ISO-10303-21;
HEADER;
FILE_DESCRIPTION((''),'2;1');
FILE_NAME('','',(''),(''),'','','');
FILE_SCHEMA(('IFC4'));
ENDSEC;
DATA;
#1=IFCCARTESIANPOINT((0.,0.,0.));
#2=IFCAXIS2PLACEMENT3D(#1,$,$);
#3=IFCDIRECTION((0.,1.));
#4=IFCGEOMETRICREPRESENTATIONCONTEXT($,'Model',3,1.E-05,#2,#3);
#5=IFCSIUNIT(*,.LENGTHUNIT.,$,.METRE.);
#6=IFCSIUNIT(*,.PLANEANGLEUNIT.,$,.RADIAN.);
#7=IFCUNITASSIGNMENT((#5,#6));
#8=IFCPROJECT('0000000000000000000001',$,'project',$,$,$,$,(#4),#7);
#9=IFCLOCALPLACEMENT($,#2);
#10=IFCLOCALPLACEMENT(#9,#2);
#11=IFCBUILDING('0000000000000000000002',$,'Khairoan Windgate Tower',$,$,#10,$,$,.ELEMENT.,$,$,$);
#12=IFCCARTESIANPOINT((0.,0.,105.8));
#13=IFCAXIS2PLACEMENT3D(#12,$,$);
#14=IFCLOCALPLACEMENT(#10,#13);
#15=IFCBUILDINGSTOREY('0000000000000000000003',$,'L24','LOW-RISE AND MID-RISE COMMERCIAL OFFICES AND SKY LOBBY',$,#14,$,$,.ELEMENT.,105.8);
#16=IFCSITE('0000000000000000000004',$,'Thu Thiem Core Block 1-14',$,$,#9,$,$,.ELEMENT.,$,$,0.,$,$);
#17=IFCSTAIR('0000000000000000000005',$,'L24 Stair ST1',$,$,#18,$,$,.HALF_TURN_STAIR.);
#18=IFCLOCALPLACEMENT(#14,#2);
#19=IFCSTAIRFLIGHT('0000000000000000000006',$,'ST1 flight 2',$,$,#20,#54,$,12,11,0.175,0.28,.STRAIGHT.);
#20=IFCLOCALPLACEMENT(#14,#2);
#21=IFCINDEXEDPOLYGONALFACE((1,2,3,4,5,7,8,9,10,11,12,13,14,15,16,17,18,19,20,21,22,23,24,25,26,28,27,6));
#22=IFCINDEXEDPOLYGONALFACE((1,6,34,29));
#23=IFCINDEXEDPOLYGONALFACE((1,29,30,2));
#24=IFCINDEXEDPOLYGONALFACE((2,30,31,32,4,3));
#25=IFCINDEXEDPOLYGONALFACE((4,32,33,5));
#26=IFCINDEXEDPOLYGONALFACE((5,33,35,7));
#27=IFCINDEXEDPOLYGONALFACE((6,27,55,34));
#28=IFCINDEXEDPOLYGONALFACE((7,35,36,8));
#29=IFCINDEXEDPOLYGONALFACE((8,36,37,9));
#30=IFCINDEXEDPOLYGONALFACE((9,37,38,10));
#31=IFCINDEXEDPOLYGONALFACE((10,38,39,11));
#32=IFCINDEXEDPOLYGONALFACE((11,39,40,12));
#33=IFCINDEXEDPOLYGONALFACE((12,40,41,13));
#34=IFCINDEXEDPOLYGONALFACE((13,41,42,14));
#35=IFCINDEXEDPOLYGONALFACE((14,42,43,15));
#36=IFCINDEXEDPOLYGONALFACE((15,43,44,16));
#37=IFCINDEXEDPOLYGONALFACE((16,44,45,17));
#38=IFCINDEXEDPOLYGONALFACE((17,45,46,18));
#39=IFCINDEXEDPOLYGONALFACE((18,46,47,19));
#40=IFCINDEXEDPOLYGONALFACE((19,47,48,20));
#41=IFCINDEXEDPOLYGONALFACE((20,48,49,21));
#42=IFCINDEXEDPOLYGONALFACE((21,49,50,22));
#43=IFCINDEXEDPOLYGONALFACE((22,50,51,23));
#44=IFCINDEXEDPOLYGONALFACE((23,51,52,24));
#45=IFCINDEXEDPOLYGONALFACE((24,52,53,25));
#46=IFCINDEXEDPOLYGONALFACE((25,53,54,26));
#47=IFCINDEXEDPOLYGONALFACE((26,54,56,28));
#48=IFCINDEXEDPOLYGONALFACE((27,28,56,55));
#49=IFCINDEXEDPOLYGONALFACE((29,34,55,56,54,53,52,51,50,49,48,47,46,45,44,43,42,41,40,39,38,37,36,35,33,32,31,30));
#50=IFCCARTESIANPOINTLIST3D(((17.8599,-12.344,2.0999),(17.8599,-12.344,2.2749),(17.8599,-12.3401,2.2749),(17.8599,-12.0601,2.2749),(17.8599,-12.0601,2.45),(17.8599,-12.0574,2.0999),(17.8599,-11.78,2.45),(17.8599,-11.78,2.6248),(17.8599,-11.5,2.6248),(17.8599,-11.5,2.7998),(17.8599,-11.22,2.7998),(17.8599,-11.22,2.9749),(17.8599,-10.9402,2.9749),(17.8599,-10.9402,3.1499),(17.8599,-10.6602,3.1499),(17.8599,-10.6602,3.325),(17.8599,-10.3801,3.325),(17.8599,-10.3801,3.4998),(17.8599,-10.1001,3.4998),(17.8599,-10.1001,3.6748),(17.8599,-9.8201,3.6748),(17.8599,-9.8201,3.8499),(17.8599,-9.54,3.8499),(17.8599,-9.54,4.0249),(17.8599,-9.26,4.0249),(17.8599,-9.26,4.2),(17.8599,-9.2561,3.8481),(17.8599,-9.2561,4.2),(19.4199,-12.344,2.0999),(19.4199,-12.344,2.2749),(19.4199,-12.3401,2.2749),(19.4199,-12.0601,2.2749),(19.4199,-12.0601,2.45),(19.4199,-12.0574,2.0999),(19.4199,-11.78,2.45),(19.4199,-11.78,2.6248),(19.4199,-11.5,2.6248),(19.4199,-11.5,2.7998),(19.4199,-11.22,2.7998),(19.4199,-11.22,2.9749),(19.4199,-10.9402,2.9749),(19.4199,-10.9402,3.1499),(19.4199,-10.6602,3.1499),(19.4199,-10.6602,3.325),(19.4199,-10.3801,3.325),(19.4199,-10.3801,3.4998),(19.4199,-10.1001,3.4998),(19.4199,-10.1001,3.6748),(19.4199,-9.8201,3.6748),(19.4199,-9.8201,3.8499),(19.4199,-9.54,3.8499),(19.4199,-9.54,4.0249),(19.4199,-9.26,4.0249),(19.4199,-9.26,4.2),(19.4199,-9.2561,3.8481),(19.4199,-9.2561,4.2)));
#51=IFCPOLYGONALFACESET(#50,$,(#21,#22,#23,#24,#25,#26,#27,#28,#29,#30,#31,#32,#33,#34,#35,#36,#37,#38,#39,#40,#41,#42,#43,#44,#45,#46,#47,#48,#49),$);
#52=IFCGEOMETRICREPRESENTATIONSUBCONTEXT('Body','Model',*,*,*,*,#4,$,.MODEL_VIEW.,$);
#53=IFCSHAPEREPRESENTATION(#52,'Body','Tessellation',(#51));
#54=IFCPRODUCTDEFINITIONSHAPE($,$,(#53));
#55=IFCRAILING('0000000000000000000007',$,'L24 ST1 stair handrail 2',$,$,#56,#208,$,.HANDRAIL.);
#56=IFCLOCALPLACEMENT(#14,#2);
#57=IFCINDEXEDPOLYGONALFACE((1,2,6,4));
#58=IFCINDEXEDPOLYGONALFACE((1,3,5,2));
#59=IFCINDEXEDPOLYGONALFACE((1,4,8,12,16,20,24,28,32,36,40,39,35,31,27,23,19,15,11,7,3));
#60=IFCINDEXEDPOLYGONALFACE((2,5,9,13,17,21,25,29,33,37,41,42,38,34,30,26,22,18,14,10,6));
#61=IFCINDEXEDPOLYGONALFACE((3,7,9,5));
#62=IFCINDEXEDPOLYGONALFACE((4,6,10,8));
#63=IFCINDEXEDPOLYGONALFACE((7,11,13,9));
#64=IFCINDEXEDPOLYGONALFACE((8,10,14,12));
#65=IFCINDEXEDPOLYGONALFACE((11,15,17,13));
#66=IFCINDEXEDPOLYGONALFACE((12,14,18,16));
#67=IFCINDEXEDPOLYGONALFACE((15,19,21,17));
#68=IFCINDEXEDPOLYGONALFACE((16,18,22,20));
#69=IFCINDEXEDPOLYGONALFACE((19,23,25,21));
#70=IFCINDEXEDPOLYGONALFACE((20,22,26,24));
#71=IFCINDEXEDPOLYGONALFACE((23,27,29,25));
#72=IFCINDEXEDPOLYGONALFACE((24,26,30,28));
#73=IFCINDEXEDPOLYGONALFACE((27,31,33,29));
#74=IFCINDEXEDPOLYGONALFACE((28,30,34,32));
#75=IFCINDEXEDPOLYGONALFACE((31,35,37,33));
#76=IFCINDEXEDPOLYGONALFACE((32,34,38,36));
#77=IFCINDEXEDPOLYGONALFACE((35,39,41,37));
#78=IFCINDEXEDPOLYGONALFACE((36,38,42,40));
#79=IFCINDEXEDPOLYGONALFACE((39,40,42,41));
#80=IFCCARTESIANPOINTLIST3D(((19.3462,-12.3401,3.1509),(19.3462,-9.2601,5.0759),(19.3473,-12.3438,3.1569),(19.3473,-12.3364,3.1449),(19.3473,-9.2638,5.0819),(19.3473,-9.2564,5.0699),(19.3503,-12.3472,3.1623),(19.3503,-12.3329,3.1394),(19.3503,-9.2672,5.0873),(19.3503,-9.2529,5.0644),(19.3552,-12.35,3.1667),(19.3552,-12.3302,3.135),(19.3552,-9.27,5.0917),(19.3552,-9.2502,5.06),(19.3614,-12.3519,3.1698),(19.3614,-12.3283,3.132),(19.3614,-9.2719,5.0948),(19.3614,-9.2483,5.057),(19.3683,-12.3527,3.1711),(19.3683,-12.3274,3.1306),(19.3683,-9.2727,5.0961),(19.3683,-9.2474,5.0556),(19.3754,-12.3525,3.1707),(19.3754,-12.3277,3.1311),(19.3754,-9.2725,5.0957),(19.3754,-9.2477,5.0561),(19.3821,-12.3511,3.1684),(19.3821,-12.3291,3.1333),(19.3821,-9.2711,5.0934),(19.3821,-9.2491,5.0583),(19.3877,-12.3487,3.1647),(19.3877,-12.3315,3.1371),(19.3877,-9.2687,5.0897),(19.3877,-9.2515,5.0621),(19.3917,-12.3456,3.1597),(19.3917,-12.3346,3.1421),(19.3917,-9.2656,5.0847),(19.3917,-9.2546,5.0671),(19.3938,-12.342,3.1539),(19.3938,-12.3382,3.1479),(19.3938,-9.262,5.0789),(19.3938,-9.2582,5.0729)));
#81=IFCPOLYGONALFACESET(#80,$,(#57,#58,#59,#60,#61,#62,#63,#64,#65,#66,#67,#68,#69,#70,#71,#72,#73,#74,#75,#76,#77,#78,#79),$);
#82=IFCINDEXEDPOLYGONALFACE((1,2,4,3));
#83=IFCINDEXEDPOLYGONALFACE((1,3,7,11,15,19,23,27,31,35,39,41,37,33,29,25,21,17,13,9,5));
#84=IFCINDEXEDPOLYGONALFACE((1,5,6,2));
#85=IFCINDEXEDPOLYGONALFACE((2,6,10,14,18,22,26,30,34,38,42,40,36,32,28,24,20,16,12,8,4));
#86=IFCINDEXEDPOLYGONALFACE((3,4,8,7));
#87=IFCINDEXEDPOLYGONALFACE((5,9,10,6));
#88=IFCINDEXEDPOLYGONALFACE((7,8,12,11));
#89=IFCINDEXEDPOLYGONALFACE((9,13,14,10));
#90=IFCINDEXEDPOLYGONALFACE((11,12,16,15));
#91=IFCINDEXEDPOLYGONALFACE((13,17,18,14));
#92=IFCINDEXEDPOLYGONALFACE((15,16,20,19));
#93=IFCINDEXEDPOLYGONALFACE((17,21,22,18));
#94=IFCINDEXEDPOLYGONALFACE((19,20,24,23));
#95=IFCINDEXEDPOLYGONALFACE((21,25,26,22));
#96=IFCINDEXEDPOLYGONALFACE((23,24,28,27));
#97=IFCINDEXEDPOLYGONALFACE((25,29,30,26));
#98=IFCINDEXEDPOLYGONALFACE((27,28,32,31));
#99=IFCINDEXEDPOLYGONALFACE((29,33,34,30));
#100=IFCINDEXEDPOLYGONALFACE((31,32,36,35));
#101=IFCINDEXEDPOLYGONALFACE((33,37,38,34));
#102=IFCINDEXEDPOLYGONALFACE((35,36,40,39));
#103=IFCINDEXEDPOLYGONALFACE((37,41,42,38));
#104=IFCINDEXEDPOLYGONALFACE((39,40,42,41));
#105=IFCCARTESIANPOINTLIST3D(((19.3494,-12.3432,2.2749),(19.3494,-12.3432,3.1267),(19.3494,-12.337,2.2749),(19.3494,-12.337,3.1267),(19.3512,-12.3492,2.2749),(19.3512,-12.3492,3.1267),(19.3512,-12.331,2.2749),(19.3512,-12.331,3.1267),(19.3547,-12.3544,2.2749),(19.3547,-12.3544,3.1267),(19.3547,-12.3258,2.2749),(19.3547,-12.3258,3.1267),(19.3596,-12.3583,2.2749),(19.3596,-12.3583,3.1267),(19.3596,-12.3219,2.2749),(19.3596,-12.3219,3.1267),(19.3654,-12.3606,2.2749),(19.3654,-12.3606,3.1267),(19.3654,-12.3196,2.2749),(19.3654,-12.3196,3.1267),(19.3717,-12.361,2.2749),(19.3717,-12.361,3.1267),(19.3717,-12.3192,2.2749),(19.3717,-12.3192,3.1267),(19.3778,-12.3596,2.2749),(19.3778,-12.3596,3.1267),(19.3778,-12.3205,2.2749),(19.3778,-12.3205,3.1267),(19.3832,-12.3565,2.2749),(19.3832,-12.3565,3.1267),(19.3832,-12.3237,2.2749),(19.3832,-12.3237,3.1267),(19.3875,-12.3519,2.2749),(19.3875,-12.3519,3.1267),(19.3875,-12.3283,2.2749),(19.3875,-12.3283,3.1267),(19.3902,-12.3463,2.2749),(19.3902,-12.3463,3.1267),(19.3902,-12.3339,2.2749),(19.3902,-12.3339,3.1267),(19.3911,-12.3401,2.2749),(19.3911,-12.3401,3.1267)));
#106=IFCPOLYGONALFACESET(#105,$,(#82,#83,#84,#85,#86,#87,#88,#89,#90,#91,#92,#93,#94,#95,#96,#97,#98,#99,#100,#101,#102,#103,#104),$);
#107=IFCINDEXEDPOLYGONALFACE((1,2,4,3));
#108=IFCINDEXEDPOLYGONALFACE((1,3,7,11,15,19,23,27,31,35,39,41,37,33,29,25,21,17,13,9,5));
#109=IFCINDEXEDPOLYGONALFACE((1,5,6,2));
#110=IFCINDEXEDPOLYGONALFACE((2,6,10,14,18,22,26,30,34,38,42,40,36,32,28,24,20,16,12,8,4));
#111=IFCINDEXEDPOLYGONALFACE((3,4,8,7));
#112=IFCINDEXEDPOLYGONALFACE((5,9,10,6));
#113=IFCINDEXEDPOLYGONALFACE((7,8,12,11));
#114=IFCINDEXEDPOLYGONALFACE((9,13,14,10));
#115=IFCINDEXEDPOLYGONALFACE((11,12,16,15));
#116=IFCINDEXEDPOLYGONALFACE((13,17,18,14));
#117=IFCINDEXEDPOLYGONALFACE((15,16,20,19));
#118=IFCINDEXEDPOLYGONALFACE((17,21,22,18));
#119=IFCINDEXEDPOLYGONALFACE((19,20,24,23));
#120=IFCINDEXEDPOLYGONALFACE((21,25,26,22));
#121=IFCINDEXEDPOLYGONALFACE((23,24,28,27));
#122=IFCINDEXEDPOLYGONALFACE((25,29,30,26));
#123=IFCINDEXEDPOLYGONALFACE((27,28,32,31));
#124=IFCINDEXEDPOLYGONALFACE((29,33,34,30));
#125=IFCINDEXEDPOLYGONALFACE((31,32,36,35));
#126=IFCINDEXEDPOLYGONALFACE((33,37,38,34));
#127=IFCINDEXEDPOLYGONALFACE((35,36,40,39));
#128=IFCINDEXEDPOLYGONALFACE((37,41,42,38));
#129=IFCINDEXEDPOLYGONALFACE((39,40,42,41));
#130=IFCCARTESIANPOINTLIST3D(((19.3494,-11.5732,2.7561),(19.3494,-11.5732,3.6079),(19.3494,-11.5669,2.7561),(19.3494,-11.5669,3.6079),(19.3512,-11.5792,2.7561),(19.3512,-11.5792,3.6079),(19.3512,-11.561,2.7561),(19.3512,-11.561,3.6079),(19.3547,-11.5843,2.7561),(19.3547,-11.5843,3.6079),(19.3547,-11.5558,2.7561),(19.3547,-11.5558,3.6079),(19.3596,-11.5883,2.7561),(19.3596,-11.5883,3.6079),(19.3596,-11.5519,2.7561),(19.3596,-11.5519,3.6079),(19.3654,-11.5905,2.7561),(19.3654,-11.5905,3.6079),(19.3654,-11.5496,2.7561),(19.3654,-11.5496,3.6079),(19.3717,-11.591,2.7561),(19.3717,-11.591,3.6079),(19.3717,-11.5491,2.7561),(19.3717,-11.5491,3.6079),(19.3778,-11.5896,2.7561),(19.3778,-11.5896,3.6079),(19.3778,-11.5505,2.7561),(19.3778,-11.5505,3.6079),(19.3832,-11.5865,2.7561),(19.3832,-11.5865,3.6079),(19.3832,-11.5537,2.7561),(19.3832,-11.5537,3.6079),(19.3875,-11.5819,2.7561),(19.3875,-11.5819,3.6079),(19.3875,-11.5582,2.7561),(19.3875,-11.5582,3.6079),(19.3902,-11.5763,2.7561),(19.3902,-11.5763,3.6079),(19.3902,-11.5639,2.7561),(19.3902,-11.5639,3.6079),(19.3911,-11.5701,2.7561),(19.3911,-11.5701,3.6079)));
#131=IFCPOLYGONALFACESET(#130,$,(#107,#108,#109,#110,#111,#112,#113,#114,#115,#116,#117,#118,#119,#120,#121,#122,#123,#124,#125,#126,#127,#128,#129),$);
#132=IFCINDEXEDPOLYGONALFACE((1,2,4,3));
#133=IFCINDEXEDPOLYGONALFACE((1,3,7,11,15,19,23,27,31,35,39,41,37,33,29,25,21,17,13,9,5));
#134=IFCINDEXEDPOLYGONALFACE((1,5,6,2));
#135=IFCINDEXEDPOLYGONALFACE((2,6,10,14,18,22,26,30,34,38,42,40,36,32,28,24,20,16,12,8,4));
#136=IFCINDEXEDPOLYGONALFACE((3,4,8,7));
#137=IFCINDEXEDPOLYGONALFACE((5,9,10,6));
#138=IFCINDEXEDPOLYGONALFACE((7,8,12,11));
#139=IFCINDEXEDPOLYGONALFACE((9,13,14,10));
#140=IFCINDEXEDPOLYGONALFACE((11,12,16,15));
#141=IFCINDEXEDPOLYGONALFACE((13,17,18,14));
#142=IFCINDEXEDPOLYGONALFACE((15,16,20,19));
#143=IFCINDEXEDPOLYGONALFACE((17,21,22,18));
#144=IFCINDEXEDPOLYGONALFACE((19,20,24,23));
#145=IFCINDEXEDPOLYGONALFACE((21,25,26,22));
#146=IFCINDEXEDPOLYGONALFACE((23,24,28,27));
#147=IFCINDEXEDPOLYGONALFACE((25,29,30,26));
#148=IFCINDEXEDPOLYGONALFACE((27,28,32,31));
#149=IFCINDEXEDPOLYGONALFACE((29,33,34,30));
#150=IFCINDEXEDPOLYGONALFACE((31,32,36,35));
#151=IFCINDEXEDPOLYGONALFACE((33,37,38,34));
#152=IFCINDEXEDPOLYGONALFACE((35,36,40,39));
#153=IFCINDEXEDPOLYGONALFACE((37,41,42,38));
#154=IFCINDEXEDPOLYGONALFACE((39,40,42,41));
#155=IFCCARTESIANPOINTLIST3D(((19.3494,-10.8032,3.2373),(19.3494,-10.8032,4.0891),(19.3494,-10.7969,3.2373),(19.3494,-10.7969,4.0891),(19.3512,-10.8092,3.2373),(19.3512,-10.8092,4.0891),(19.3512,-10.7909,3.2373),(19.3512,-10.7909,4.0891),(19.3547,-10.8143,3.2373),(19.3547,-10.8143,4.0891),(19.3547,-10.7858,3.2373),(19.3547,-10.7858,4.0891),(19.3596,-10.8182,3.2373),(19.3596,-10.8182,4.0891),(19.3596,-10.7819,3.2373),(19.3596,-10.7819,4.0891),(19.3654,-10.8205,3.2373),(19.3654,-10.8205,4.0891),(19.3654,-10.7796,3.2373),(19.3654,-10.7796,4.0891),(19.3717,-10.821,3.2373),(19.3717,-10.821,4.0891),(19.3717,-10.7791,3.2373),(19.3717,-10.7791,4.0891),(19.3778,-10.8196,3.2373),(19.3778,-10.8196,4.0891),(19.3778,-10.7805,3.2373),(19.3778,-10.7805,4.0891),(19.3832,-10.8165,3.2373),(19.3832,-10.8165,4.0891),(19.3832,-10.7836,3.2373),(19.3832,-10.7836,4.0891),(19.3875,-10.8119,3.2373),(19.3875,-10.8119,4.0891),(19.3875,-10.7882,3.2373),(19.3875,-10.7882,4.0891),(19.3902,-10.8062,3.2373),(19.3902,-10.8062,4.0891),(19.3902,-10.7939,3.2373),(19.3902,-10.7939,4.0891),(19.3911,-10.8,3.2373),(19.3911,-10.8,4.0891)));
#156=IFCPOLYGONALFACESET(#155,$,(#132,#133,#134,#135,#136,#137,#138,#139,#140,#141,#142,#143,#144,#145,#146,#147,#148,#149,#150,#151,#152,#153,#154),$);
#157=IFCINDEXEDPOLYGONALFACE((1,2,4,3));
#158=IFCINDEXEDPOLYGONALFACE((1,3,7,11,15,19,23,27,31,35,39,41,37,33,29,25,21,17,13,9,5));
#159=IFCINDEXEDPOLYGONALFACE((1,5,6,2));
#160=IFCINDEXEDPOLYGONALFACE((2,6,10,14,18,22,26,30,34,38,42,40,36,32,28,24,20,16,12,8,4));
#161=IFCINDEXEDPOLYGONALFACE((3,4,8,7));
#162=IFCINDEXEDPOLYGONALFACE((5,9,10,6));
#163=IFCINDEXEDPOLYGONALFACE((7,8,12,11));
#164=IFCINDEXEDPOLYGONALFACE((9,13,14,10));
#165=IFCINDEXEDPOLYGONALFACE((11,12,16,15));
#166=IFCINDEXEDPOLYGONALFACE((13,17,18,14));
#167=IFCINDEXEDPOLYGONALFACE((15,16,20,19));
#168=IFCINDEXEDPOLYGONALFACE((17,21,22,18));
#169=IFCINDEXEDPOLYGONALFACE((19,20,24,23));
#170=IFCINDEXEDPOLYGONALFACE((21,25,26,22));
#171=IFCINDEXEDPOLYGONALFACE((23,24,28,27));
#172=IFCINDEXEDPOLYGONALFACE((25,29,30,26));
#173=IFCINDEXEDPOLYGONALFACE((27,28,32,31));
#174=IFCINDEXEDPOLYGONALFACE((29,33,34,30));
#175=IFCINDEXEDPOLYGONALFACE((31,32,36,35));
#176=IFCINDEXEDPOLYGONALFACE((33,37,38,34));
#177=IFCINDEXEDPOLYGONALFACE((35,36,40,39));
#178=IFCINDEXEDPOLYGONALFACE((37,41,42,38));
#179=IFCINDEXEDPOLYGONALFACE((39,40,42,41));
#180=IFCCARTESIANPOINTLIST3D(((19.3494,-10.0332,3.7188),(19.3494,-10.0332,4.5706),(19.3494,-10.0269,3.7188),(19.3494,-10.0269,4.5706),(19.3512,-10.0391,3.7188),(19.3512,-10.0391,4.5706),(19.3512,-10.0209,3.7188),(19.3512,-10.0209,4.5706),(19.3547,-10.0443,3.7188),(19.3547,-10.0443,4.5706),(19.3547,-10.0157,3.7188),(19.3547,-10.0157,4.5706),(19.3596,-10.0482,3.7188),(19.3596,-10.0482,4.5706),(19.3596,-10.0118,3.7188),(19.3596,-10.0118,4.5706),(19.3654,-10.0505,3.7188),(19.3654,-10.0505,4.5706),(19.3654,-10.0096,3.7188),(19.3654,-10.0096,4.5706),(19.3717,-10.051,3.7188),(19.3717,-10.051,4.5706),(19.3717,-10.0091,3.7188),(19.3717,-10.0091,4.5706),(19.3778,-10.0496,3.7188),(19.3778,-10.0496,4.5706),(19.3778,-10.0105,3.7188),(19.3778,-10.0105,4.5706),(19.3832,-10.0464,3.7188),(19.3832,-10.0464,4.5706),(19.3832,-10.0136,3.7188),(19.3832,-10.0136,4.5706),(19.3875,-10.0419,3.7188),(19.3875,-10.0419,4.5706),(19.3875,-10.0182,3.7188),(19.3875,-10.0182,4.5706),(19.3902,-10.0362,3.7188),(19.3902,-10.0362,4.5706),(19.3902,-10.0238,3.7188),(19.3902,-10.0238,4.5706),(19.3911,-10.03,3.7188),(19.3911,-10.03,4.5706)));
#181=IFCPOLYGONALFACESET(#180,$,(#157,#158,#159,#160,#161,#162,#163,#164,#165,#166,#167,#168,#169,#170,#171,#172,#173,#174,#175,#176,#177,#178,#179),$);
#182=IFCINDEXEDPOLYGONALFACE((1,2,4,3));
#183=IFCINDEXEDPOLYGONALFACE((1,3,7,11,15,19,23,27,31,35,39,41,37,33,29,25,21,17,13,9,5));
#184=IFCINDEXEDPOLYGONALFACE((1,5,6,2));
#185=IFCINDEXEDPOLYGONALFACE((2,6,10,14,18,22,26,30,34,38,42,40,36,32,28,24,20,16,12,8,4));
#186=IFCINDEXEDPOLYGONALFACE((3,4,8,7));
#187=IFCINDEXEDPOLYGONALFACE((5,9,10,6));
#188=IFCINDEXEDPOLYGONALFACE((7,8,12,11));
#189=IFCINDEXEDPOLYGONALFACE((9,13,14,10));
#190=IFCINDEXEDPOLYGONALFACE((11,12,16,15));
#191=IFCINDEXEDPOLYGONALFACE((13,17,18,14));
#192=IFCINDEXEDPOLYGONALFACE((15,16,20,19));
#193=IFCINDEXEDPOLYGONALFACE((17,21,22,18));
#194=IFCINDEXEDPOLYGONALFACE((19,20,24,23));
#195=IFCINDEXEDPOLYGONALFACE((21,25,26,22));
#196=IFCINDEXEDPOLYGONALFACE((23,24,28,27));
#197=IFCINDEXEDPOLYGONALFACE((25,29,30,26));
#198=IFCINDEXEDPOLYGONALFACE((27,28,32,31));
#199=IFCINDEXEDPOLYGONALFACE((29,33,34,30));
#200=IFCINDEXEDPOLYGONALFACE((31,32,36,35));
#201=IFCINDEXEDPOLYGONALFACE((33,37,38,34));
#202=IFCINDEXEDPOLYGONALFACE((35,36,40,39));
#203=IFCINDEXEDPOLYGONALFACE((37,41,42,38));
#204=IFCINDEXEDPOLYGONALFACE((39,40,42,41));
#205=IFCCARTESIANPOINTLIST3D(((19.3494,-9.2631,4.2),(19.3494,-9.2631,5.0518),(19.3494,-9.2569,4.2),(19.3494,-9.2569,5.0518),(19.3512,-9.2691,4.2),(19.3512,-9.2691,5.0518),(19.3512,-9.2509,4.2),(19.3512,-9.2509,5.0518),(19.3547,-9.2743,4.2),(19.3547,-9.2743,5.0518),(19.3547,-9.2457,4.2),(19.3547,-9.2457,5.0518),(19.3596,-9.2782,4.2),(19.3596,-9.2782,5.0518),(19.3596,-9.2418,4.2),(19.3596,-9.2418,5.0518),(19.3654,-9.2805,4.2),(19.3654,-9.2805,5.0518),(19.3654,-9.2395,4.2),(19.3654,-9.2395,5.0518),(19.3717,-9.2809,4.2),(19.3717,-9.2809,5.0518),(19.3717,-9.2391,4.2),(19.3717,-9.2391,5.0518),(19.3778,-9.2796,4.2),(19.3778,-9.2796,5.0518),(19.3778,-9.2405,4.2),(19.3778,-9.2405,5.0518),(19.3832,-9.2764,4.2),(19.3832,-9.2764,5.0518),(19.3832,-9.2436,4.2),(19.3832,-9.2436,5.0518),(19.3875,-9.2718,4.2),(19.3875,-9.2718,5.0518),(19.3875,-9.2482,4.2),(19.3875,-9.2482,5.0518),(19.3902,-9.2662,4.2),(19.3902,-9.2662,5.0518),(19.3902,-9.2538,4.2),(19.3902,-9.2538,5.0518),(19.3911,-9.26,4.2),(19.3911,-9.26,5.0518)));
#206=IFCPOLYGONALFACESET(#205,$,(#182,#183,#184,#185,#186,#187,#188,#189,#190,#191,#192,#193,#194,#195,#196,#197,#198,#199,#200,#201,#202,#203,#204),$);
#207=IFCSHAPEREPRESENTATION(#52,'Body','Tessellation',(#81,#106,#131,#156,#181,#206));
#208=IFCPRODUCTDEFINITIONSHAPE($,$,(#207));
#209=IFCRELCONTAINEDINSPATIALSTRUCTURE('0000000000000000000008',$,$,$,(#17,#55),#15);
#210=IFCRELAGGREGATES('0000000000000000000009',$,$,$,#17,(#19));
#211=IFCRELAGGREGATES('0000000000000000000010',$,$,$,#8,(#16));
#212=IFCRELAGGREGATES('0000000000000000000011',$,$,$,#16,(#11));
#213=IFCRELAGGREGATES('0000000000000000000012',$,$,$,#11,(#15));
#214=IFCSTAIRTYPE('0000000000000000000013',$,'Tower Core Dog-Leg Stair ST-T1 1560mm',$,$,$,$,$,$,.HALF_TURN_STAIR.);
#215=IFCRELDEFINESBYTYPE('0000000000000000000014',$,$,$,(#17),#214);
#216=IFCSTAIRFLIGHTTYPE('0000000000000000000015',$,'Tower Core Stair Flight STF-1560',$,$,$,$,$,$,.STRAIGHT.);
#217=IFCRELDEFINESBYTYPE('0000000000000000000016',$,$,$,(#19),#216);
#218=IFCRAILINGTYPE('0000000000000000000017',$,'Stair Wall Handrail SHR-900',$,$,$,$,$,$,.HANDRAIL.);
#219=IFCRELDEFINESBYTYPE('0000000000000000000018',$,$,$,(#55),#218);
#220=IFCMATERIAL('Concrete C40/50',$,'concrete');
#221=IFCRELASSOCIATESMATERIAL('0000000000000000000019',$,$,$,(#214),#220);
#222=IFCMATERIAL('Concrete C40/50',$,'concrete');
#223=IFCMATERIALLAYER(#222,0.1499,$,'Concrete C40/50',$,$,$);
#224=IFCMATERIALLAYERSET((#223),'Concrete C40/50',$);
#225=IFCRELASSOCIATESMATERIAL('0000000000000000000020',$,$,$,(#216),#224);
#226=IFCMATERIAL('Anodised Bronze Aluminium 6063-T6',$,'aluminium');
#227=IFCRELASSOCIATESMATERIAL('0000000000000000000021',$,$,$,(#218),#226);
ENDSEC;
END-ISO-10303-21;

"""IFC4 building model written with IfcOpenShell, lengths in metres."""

from ifc_helpers import new_model, si_unit, direction, frame, origin, origin_2d, place, context, subcontext, project, spatial, polyline, circle, outline, extrude, material, layer, layer_set, type_object, element, aggregate, save


model = new_model("IFC4")

# Units and contexts
model_context = context("Model", 3, precision=1e-05, world=origin(), true_north=direction((0.0, 1.0)))
body_context = subcontext(model_context, "Body", "Model", "MODEL_VIEW")
ifc_project = project(units=[si_unit("LENGTHUNIT", "METRE"), si_unit("PLANEANGLEUNIT", "RADIAN")], contexts=[model_context])

# Site, building, storey
site_placement = place(None, origin())
site = spatial("IfcSite", under=ifc_project, at=site_placement, Name="Thu Thiem Core Block 1-14", CompositionType="ELEMENT", RefElevation=0.0)
building_placement = place(site_placement, origin())
building = spatial("IfcBuilding", under=site, at=building_placement, Name="Khairoan Windgate Tower", CompositionType="ELEMENT")
storey_placement = place(building_placement, frame((0.0, 0.0, 105.8)))
storey = spatial("IfcBuildingStorey", under=building, at=storey_placement, Name="L24", Description="LOW-RISE AND MID-RISE COMMERCIAL OFFICES AND SKY LOBBY", CompositionType="ELEMENT", Elevation=105.8)

# Stair, stair flight
ifc_material_1 = material(Name="Concrete C40/50", Category="concrete")
stair_type = type_object("IfcStairType", Name="Tower Core Dog-Leg Stair ST-T1 1560mm", PredefinedType="HALF_TURN_STAIR", material=ifc_material_1)
stair_placement = place(storey_placement, origin())
stair = element("IfcStair", 1, at=stair_placement, inside=storey, type_object=stair_type, Name="L24 Stair ST1", PredefinedType="HALF_TURN_STAIR")
ifc_material_2 = material(Name="Concrete C40/50", Category="concrete")
ifc_layer_1 = layer(ifc_material_2, 0.1499, Name="Concrete C40/50")
ifc_layer_set_1 = layer_set([ifc_layer_1], Name="Concrete C40/50")
stair_flight_type = type_object("IfcStairFlightType", Name="Tower Core Stair Flight STF-1560", PredefinedType="STRAIGHT", material=ifc_layer_set_1)
stair_flight_placement = place(storey_placement, frame((18.6399, -12.3401, 2.0999), z_axis=(0.0, 0.0, 1.0), x_axis=(0.0, 1.0, 0.0)))
stair_flight = element("IfcStairFlight", 2, at=stair_flight_placement, type_object=stair_flight_type, Name="ST1 flight 2", NumberOfRisers=12, NumberOfTreads=11, PredefinedType="STRAIGHT", RiserHeight=0.175, TreadLength=0.28, context=body_context, shape_type="SweptSolid", body=[
    extrude(outline(polyline([(-0.0039, 0.0), (-0.0039, 0.175), (0.0, 0.175), (0.28, 0.175), (0.28, 0.3501), (0.5601, 0.3501), (0.5601, 0.5249), (0.8401, 0.5249), (0.8401, 0.7), (1.1201, 0.7), (1.1201, 0.875), (1.3999, 0.875), (1.3999, 1.05), (1.6799, 1.05), (1.6799, 1.2251), (1.96, 1.2251), (1.96, 1.3999), (2.24, 1.3999), (2.24, 1.575), (2.52, 1.575), (2.52, 1.75), (2.8, 1.75), (2.8, 1.925), (3.0801, 1.925), (3.0801, 2.1001), (3.084, 2.1001), (3.084, 1.7483), (0.2827, 0.0), (-0.0039, 0.0)])), frame((0.0, 0.78, 0.0), z_axis=(0.0, -1.0, 0.0), x_axis=(1.0, 0.0, 0.0)), (0.0, 0.0, 1.0), 1.5601),
])
aggregate(stair, [stair_flight])

# Railing
ifc_material_3 = material(Name="Anodised Bronze Aluminium 6063-T6", Category="aluminium")
railing_type_1 = type_object("IfcRailingType", Name="Stair Wall Handrail SHR-900", PredefinedType="HANDRAIL", material=ifc_material_3)
railing_1_placement = place(storey_placement, frame((19.3701, -12.3401, 2.2749)))
element("IfcRailing", 3, at=railing_1_placement, inside=storey, type_object=railing_type_1, Name="L24 ST1 stair handrail 2", PredefinedType="HANDRAIL", context=body_context, shape_type="SweptSolid", body=[
    extrude(circle(Radius=0.0239, at=origin_2d()), frame((0.0, 0.0, 0.876), z_axis=(0.0, 0.847998, 0.529999), x_axis=(-1.0, 0.0, 0.0)), (0.0, 0.0, 1.0), 3.6321),
    extrude(circle(Radius=0.021, at=origin_2d()), origin(), (0.0, 0.0, 1.0), 0.8518),
    extrude(circle(Radius=0.021, at=origin_2d()), frame((0.0, 0.77, 0.4812)), (0.0, 0.0, 1.0), 0.8518),
    extrude(circle(Radius=0.021, at=origin_2d()), frame((0.0, 1.54, 0.9624)), (0.0, 0.0, 1.0), 0.8518),
    extrude(circle(Radius=0.021, at=origin_2d()), frame((0.0, 2.3101, 1.4438)), (0.0, 0.0, 1.0), 0.8518),
    extrude(circle(Radius=0.021, at=origin_2d()), frame((0.0, 3.0801, 1.925)), (0.0, 0.0, 1.0), 0.8518),
])

save(model, "model.ifc")
